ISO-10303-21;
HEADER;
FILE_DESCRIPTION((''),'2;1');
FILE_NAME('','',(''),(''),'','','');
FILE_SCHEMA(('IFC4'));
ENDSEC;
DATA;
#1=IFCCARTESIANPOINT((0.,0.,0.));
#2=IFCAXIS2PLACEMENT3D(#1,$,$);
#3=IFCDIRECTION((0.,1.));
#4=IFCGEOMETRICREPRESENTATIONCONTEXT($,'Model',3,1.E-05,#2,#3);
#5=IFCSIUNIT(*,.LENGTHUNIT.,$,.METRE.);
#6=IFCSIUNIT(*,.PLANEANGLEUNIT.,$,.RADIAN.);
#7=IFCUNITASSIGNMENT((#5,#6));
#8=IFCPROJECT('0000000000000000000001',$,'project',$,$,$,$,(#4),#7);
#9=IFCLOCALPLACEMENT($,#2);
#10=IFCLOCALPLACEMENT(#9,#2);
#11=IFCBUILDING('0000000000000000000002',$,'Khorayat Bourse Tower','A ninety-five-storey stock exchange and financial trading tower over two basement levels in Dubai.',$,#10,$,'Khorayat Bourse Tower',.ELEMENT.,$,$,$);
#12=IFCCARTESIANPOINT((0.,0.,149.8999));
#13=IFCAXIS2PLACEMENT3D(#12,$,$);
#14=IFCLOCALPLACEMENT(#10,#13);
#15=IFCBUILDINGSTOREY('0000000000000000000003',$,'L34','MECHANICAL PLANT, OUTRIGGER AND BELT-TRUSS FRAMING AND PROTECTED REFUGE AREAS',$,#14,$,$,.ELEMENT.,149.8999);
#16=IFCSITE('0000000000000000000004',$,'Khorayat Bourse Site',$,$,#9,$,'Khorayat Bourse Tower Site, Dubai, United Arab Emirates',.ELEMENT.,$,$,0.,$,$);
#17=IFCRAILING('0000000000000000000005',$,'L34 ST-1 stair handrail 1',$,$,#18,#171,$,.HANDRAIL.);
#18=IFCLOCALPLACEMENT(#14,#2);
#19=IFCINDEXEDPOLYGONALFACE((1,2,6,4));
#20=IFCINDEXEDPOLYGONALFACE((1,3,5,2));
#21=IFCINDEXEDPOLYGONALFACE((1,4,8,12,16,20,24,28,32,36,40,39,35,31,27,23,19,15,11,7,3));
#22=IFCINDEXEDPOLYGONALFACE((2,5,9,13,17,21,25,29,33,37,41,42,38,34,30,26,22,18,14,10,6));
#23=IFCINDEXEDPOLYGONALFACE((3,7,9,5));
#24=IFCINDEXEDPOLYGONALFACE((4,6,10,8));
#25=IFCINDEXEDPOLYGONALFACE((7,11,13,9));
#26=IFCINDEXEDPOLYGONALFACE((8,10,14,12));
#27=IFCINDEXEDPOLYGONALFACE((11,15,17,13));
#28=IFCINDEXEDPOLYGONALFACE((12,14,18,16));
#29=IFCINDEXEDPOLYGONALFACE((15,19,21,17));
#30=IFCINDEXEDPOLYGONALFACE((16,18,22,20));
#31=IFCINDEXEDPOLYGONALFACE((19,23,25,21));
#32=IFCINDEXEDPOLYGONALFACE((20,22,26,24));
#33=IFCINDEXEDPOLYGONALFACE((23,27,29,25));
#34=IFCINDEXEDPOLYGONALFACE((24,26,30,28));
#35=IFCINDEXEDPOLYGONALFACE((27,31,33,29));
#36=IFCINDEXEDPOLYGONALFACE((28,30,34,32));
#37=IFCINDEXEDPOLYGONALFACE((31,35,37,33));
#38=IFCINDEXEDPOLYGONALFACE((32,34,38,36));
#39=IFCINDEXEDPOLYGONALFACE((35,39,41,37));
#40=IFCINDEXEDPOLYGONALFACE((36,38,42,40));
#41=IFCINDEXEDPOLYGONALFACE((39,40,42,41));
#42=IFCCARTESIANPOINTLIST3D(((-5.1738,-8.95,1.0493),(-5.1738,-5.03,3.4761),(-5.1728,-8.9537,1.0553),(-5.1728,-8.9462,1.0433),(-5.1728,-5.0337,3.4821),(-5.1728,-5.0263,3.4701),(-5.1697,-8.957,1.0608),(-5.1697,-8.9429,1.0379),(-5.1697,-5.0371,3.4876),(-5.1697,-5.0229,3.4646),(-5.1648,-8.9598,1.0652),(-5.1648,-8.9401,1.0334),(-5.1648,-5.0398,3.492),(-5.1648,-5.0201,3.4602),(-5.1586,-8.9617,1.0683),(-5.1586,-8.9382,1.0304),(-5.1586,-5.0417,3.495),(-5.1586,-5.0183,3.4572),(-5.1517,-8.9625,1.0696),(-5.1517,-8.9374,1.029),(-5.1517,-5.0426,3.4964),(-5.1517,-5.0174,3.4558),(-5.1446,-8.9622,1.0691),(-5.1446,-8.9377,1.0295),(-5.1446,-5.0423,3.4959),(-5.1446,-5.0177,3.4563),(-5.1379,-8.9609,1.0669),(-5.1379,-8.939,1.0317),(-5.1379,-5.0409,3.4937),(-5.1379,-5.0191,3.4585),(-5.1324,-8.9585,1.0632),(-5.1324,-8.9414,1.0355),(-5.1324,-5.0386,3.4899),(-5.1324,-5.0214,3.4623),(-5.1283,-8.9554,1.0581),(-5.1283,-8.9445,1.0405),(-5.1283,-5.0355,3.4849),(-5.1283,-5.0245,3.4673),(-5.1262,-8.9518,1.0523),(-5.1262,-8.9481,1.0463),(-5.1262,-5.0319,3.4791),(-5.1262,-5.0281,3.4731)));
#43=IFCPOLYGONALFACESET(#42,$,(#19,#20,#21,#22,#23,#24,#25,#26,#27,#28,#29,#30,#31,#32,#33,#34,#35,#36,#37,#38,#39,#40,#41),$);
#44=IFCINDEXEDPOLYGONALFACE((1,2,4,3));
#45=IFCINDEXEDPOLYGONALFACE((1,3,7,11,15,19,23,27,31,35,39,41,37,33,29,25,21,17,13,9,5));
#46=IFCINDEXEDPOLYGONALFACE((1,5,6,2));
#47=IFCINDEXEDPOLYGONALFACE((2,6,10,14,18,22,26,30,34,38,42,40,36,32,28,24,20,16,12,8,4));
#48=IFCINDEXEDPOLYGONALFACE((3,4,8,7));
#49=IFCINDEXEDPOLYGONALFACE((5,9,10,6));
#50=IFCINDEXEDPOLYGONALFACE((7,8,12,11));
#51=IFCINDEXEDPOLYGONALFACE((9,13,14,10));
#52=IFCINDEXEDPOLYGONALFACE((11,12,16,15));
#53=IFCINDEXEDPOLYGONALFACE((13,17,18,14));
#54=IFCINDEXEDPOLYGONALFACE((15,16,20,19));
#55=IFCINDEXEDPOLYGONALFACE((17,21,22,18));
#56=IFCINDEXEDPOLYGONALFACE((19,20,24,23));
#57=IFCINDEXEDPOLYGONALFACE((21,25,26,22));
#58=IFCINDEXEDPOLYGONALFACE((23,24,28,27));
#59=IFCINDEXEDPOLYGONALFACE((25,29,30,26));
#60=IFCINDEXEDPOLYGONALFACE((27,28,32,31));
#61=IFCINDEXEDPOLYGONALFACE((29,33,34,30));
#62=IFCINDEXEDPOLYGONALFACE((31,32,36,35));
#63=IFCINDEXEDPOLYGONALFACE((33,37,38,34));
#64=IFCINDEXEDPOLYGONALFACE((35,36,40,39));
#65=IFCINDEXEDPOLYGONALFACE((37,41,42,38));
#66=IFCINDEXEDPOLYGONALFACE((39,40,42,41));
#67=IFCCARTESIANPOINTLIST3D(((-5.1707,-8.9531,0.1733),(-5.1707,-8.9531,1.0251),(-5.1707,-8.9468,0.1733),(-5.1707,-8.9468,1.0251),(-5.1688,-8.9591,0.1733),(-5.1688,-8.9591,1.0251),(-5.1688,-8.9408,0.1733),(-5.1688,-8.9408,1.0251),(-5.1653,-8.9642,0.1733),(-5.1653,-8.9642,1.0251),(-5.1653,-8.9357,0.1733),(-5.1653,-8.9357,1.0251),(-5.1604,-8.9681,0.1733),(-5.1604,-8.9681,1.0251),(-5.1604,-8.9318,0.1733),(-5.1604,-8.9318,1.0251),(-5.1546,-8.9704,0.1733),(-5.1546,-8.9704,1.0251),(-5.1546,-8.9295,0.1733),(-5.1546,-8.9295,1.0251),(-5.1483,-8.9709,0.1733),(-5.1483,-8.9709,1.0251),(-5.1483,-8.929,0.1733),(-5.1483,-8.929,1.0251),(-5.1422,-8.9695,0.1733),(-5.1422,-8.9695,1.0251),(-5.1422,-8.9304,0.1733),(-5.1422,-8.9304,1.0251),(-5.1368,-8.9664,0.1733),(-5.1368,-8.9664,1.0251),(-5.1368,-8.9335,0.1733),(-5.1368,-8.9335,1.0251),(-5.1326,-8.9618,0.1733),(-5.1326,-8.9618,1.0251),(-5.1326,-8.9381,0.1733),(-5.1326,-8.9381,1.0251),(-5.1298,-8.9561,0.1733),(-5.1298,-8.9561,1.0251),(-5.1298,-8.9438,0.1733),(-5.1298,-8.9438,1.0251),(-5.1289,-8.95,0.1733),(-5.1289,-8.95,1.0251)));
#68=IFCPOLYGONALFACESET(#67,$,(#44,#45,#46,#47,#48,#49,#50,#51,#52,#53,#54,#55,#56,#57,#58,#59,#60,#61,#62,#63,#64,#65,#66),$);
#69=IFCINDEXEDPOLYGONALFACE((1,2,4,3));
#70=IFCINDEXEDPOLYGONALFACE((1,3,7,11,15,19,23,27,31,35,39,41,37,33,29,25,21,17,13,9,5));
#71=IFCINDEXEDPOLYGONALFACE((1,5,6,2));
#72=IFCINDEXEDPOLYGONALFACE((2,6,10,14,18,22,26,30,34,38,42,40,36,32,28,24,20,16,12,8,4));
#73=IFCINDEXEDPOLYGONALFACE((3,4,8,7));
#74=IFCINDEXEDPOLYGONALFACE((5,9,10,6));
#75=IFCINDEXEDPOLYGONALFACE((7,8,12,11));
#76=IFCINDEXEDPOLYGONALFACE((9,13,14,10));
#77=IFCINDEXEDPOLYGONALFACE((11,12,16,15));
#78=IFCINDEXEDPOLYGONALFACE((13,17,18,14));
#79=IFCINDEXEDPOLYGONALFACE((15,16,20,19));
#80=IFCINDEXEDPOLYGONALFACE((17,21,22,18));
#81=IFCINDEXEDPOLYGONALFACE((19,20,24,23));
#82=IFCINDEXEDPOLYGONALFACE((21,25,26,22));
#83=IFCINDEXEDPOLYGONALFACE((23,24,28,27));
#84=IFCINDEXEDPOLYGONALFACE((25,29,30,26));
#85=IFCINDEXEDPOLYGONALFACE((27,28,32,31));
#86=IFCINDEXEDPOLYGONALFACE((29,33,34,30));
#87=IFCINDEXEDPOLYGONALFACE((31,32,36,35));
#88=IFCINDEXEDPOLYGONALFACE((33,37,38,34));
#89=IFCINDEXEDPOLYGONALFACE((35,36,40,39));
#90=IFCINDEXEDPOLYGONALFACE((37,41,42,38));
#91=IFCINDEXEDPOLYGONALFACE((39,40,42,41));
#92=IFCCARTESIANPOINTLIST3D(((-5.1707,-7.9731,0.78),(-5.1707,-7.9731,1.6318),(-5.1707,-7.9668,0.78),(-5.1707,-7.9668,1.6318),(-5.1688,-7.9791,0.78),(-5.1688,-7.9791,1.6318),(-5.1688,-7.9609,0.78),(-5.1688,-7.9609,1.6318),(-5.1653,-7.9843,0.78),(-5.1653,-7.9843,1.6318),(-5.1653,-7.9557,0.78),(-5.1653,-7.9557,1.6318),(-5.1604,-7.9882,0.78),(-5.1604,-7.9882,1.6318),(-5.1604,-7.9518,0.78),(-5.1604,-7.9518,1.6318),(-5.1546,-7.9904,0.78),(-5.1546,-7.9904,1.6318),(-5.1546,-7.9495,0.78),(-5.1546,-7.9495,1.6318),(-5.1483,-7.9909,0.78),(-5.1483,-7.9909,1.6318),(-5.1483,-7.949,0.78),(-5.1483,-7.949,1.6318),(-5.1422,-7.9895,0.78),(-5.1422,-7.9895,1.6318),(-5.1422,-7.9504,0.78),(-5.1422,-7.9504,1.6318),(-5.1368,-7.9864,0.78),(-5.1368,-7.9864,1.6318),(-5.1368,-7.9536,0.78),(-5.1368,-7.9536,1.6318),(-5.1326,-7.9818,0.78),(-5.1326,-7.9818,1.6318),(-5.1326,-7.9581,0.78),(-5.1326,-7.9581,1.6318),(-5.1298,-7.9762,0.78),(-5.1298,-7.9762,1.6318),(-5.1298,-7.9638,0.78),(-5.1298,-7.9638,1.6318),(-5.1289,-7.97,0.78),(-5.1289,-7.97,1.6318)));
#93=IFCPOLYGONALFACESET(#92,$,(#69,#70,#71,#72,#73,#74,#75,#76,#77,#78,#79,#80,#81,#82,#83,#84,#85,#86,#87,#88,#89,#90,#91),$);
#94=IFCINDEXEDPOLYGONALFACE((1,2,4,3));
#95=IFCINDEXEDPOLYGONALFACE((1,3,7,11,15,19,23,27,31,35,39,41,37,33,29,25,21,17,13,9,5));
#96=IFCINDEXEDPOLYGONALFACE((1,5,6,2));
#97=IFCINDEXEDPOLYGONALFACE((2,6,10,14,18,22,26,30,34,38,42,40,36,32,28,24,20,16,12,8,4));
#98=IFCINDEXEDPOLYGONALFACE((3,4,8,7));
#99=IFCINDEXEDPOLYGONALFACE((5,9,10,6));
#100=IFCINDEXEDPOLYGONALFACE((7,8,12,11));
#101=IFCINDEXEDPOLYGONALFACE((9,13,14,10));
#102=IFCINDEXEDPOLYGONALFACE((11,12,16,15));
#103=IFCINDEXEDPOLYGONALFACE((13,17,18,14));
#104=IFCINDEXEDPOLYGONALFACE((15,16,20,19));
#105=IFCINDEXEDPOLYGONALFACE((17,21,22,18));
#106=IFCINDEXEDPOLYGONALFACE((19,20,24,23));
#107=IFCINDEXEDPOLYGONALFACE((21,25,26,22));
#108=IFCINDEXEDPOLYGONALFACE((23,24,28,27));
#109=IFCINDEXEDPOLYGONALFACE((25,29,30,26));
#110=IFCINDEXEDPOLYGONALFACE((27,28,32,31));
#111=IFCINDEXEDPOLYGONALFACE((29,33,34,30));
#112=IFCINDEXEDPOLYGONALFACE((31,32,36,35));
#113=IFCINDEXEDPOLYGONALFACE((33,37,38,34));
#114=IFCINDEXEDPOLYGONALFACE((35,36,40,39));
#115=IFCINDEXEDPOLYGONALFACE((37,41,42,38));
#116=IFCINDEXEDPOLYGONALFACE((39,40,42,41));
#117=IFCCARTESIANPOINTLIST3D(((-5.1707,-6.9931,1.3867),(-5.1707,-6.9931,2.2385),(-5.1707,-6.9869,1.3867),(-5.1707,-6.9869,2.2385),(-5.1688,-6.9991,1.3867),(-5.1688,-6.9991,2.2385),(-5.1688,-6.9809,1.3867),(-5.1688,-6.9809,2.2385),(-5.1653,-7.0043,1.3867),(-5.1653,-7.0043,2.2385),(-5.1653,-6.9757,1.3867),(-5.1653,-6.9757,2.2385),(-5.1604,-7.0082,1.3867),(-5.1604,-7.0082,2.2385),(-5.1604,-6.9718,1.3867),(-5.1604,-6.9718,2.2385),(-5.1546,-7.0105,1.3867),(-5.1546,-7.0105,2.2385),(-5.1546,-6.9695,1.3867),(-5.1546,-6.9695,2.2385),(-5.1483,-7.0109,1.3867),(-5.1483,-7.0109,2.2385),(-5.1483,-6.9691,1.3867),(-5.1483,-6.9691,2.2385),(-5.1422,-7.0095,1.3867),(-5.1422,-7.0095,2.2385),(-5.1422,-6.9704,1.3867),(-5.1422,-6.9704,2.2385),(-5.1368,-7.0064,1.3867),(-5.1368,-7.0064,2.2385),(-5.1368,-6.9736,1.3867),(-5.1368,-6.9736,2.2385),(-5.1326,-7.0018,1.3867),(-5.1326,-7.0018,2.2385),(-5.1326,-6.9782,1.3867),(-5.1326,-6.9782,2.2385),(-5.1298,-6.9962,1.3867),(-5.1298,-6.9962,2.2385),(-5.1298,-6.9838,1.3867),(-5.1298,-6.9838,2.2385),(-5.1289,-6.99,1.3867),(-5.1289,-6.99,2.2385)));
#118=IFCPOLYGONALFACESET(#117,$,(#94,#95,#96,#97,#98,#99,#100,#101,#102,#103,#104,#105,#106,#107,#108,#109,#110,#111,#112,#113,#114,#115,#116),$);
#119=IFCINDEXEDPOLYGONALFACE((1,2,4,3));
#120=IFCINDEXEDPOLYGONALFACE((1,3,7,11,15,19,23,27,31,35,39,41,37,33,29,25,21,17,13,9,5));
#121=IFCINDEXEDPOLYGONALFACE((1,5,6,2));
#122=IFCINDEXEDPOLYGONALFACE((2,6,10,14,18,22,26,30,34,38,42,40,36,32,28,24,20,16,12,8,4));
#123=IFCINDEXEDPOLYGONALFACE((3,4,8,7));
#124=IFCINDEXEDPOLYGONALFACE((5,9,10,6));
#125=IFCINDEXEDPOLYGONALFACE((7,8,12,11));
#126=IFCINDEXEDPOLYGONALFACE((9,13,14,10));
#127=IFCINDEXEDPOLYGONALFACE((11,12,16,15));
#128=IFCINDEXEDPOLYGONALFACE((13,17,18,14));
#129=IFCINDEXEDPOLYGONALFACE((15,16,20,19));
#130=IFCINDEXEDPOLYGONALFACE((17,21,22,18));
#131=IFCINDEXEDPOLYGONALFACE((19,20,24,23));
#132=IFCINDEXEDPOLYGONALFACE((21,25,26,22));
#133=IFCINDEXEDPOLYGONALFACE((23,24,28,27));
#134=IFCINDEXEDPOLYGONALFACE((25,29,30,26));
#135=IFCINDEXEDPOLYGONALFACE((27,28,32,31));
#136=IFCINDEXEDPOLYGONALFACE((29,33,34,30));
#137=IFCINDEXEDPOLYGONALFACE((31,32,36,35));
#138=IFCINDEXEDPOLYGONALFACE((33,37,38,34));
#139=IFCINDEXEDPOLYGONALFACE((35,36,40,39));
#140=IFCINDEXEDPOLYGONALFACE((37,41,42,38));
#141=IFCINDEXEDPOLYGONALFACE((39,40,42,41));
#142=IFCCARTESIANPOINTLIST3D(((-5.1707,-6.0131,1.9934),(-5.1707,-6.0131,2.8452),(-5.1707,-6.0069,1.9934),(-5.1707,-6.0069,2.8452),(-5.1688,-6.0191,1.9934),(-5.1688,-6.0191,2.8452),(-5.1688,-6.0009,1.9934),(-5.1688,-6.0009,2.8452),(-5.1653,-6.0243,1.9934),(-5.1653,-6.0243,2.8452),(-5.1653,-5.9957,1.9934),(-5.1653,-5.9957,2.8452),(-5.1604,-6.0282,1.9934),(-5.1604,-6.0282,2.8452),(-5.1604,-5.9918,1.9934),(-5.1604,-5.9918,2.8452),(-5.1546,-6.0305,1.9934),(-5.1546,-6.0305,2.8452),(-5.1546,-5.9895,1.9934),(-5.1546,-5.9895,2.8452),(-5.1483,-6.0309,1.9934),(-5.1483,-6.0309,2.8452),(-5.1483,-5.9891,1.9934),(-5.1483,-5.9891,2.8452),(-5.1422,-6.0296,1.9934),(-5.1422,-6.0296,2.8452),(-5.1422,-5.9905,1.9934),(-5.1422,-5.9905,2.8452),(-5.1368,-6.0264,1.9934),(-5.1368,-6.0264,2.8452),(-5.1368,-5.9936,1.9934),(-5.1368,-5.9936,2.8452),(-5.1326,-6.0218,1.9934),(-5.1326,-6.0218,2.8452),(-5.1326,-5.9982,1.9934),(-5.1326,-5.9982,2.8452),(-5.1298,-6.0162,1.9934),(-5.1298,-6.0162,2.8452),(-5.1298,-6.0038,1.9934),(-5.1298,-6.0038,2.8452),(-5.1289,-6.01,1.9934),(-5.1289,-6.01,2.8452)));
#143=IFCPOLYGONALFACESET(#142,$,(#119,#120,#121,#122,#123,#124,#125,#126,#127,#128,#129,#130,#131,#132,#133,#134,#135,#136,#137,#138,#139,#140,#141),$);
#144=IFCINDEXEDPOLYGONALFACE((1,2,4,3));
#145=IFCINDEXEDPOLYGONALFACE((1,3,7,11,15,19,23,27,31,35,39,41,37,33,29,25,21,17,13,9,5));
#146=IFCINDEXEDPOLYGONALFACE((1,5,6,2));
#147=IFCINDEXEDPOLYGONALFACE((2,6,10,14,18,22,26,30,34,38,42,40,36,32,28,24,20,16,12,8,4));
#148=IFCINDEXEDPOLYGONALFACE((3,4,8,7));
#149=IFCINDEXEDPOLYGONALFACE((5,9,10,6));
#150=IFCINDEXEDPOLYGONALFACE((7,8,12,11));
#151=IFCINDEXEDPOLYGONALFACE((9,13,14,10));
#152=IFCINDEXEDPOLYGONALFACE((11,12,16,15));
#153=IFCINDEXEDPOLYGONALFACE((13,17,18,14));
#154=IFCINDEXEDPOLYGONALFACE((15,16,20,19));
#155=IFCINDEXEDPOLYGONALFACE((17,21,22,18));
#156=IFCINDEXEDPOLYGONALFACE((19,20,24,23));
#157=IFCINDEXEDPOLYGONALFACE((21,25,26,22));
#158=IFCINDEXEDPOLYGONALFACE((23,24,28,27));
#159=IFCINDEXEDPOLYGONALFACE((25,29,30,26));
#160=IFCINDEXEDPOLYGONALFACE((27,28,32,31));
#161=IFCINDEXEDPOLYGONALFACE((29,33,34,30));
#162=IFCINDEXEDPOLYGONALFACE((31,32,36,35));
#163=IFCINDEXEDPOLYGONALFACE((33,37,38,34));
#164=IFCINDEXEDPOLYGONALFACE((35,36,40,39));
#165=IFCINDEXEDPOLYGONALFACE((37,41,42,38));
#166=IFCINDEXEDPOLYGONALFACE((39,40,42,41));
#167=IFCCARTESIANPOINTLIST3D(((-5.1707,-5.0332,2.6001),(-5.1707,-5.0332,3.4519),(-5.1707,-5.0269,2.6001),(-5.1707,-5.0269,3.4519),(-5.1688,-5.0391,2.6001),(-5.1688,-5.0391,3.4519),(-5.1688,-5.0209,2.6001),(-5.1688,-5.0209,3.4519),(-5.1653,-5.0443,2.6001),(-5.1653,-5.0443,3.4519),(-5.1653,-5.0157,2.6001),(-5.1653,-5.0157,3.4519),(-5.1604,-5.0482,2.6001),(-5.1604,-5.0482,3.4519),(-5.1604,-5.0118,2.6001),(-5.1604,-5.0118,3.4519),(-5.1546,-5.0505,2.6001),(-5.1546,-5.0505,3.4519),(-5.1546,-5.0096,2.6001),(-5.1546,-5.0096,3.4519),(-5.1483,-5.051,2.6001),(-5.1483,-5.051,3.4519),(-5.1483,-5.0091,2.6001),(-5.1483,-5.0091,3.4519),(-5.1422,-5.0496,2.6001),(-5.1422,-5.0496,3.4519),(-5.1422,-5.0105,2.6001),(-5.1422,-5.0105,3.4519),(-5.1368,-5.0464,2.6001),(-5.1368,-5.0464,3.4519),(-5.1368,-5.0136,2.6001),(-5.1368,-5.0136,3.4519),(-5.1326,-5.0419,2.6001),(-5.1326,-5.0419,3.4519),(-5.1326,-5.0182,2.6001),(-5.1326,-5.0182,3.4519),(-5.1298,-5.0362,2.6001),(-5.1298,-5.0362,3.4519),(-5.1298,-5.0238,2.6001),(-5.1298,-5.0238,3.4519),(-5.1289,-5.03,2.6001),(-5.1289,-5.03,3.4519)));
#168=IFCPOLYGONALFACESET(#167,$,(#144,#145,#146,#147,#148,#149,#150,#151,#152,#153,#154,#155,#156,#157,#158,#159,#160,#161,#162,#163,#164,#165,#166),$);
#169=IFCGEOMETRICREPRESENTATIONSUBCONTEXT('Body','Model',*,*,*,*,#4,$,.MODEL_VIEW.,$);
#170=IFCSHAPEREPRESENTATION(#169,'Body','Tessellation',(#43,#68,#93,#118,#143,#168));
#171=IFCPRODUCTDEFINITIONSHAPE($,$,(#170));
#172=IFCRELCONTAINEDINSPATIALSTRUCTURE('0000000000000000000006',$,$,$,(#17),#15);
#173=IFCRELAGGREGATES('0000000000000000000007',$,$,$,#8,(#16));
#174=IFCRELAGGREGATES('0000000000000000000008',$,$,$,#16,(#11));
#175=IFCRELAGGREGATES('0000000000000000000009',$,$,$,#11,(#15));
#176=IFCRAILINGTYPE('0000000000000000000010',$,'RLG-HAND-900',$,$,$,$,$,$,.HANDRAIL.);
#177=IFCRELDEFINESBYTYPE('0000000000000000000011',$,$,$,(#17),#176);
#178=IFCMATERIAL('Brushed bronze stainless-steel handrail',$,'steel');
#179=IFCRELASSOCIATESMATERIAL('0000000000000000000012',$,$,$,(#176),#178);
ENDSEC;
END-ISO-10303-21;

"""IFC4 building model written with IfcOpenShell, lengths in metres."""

from ifc_helpers import new_model, si_unit, direction, frame, origin, origin_2d, place, context, subcontext, project, spatial, circle, extrude, source, transform, mapped, material, type_object, element, save


model = new_model("IFC4")

# Units and contexts
model_context = context("Model", 3, precision=1e-05, world=origin(), true_north=direction((0.0, 1.0)))
body_context = subcontext(model_context, "Body", "Model", "MODEL_VIEW")
ifc_project = project(units=[si_unit("LENGTHUNIT", "METRE"), si_unit("PLANEANGLEUNIT", "RADIAN")], contexts=[model_context])

# Site, building, storey
site_placement = place(None, origin())
site = spatial("IfcSite", under=ifc_project, at=site_placement, Name="Khorayat Bourse Site", LongName="Khorayat Bourse Tower Site, Dubai, United Arab Emirates", CompositionType="ELEMENT", RefElevation=0.0)
building_placement = place(site_placement, origin())
building = spatial("IfcBuilding", under=site, at=building_placement, Name="Khorayat Bourse Tower", Description="A ninety-five-storey stock exchange and financial trading tower over two basement levels in Dubai.", LongName="Khorayat Bourse Tower", CompositionType="ELEMENT")
storey_placement = place(building_placement, frame((0.0, 0.0, 149.8999)))
storey = spatial("IfcBuildingStorey", under=building, at=storey_placement, Name="L34", Description="MECHANICAL PLANT, OUTRIGGER AND BELT-TRUSS FRAMING AND PROTECTED REFUGE AREAS", CompositionType="ELEMENT", Elevation=149.8999)

# Railing
ifc_material_1 = material(Name="Brushed bronze stainless-steel handrail", Category="steel")
railing_type_1 = type_object("IfcRailingType", Name="RLG-HAND-900", PredefinedType="HANDRAIL", material=ifc_material_1)
shared_shape_1 = source(origin(), body_context, "Body", "SweptSolid", [
    extrude(circle(Radius=0.0239, at=origin_2d()), frame((0.0, 0.0, 0.876), z_axis=(0.0, 0.850252, 0.526376), x_axis=(-1.0, 0.0, 0.0)), (0.0, 0.0, 1.0), 4.6104),
    extrude(circle(Radius=0.021, at=origin_2d()), origin(), (0.0, 0.0, 1.0), 0.8518),
    extrude(circle(Radius=0.021, at=origin_2d()), frame((0.0, 0.98, 0.6067)), (0.0, 0.0, 1.0), 0.8518),
    extrude(circle(Radius=0.021, at=origin_2d()), frame((0.0, 1.96, 1.2134)), (0.0, 0.0, 1.0), 0.8518),
    extrude(circle(Radius=0.021, at=origin_2d()), frame((0.0, 2.9399, 1.8201)), (0.0, 0.0, 1.0), 0.8518),
    extrude(circle(Radius=0.021, at=origin_2d()), frame((0.0, 3.9199, 2.4268)), (0.0, 0.0, 1.0), 0.8518),
])
railing_1_placement = place(storey_placement, frame((-5.1499, -8.95, 0.1733)))
element("IfcRailing", 1, at=railing_1_placement, inside=storey, type_object=railing_type_1, Name="L34 ST-1 stair handrail 1", PredefinedType="HANDRAIL", context=body_context, shape_type="MappedRepresentation", body=[
    mapped(shared_shape_1, transform((0.0, 0.0, 0.0), scale=1.0)),
])

save(model, "model.ifc")
